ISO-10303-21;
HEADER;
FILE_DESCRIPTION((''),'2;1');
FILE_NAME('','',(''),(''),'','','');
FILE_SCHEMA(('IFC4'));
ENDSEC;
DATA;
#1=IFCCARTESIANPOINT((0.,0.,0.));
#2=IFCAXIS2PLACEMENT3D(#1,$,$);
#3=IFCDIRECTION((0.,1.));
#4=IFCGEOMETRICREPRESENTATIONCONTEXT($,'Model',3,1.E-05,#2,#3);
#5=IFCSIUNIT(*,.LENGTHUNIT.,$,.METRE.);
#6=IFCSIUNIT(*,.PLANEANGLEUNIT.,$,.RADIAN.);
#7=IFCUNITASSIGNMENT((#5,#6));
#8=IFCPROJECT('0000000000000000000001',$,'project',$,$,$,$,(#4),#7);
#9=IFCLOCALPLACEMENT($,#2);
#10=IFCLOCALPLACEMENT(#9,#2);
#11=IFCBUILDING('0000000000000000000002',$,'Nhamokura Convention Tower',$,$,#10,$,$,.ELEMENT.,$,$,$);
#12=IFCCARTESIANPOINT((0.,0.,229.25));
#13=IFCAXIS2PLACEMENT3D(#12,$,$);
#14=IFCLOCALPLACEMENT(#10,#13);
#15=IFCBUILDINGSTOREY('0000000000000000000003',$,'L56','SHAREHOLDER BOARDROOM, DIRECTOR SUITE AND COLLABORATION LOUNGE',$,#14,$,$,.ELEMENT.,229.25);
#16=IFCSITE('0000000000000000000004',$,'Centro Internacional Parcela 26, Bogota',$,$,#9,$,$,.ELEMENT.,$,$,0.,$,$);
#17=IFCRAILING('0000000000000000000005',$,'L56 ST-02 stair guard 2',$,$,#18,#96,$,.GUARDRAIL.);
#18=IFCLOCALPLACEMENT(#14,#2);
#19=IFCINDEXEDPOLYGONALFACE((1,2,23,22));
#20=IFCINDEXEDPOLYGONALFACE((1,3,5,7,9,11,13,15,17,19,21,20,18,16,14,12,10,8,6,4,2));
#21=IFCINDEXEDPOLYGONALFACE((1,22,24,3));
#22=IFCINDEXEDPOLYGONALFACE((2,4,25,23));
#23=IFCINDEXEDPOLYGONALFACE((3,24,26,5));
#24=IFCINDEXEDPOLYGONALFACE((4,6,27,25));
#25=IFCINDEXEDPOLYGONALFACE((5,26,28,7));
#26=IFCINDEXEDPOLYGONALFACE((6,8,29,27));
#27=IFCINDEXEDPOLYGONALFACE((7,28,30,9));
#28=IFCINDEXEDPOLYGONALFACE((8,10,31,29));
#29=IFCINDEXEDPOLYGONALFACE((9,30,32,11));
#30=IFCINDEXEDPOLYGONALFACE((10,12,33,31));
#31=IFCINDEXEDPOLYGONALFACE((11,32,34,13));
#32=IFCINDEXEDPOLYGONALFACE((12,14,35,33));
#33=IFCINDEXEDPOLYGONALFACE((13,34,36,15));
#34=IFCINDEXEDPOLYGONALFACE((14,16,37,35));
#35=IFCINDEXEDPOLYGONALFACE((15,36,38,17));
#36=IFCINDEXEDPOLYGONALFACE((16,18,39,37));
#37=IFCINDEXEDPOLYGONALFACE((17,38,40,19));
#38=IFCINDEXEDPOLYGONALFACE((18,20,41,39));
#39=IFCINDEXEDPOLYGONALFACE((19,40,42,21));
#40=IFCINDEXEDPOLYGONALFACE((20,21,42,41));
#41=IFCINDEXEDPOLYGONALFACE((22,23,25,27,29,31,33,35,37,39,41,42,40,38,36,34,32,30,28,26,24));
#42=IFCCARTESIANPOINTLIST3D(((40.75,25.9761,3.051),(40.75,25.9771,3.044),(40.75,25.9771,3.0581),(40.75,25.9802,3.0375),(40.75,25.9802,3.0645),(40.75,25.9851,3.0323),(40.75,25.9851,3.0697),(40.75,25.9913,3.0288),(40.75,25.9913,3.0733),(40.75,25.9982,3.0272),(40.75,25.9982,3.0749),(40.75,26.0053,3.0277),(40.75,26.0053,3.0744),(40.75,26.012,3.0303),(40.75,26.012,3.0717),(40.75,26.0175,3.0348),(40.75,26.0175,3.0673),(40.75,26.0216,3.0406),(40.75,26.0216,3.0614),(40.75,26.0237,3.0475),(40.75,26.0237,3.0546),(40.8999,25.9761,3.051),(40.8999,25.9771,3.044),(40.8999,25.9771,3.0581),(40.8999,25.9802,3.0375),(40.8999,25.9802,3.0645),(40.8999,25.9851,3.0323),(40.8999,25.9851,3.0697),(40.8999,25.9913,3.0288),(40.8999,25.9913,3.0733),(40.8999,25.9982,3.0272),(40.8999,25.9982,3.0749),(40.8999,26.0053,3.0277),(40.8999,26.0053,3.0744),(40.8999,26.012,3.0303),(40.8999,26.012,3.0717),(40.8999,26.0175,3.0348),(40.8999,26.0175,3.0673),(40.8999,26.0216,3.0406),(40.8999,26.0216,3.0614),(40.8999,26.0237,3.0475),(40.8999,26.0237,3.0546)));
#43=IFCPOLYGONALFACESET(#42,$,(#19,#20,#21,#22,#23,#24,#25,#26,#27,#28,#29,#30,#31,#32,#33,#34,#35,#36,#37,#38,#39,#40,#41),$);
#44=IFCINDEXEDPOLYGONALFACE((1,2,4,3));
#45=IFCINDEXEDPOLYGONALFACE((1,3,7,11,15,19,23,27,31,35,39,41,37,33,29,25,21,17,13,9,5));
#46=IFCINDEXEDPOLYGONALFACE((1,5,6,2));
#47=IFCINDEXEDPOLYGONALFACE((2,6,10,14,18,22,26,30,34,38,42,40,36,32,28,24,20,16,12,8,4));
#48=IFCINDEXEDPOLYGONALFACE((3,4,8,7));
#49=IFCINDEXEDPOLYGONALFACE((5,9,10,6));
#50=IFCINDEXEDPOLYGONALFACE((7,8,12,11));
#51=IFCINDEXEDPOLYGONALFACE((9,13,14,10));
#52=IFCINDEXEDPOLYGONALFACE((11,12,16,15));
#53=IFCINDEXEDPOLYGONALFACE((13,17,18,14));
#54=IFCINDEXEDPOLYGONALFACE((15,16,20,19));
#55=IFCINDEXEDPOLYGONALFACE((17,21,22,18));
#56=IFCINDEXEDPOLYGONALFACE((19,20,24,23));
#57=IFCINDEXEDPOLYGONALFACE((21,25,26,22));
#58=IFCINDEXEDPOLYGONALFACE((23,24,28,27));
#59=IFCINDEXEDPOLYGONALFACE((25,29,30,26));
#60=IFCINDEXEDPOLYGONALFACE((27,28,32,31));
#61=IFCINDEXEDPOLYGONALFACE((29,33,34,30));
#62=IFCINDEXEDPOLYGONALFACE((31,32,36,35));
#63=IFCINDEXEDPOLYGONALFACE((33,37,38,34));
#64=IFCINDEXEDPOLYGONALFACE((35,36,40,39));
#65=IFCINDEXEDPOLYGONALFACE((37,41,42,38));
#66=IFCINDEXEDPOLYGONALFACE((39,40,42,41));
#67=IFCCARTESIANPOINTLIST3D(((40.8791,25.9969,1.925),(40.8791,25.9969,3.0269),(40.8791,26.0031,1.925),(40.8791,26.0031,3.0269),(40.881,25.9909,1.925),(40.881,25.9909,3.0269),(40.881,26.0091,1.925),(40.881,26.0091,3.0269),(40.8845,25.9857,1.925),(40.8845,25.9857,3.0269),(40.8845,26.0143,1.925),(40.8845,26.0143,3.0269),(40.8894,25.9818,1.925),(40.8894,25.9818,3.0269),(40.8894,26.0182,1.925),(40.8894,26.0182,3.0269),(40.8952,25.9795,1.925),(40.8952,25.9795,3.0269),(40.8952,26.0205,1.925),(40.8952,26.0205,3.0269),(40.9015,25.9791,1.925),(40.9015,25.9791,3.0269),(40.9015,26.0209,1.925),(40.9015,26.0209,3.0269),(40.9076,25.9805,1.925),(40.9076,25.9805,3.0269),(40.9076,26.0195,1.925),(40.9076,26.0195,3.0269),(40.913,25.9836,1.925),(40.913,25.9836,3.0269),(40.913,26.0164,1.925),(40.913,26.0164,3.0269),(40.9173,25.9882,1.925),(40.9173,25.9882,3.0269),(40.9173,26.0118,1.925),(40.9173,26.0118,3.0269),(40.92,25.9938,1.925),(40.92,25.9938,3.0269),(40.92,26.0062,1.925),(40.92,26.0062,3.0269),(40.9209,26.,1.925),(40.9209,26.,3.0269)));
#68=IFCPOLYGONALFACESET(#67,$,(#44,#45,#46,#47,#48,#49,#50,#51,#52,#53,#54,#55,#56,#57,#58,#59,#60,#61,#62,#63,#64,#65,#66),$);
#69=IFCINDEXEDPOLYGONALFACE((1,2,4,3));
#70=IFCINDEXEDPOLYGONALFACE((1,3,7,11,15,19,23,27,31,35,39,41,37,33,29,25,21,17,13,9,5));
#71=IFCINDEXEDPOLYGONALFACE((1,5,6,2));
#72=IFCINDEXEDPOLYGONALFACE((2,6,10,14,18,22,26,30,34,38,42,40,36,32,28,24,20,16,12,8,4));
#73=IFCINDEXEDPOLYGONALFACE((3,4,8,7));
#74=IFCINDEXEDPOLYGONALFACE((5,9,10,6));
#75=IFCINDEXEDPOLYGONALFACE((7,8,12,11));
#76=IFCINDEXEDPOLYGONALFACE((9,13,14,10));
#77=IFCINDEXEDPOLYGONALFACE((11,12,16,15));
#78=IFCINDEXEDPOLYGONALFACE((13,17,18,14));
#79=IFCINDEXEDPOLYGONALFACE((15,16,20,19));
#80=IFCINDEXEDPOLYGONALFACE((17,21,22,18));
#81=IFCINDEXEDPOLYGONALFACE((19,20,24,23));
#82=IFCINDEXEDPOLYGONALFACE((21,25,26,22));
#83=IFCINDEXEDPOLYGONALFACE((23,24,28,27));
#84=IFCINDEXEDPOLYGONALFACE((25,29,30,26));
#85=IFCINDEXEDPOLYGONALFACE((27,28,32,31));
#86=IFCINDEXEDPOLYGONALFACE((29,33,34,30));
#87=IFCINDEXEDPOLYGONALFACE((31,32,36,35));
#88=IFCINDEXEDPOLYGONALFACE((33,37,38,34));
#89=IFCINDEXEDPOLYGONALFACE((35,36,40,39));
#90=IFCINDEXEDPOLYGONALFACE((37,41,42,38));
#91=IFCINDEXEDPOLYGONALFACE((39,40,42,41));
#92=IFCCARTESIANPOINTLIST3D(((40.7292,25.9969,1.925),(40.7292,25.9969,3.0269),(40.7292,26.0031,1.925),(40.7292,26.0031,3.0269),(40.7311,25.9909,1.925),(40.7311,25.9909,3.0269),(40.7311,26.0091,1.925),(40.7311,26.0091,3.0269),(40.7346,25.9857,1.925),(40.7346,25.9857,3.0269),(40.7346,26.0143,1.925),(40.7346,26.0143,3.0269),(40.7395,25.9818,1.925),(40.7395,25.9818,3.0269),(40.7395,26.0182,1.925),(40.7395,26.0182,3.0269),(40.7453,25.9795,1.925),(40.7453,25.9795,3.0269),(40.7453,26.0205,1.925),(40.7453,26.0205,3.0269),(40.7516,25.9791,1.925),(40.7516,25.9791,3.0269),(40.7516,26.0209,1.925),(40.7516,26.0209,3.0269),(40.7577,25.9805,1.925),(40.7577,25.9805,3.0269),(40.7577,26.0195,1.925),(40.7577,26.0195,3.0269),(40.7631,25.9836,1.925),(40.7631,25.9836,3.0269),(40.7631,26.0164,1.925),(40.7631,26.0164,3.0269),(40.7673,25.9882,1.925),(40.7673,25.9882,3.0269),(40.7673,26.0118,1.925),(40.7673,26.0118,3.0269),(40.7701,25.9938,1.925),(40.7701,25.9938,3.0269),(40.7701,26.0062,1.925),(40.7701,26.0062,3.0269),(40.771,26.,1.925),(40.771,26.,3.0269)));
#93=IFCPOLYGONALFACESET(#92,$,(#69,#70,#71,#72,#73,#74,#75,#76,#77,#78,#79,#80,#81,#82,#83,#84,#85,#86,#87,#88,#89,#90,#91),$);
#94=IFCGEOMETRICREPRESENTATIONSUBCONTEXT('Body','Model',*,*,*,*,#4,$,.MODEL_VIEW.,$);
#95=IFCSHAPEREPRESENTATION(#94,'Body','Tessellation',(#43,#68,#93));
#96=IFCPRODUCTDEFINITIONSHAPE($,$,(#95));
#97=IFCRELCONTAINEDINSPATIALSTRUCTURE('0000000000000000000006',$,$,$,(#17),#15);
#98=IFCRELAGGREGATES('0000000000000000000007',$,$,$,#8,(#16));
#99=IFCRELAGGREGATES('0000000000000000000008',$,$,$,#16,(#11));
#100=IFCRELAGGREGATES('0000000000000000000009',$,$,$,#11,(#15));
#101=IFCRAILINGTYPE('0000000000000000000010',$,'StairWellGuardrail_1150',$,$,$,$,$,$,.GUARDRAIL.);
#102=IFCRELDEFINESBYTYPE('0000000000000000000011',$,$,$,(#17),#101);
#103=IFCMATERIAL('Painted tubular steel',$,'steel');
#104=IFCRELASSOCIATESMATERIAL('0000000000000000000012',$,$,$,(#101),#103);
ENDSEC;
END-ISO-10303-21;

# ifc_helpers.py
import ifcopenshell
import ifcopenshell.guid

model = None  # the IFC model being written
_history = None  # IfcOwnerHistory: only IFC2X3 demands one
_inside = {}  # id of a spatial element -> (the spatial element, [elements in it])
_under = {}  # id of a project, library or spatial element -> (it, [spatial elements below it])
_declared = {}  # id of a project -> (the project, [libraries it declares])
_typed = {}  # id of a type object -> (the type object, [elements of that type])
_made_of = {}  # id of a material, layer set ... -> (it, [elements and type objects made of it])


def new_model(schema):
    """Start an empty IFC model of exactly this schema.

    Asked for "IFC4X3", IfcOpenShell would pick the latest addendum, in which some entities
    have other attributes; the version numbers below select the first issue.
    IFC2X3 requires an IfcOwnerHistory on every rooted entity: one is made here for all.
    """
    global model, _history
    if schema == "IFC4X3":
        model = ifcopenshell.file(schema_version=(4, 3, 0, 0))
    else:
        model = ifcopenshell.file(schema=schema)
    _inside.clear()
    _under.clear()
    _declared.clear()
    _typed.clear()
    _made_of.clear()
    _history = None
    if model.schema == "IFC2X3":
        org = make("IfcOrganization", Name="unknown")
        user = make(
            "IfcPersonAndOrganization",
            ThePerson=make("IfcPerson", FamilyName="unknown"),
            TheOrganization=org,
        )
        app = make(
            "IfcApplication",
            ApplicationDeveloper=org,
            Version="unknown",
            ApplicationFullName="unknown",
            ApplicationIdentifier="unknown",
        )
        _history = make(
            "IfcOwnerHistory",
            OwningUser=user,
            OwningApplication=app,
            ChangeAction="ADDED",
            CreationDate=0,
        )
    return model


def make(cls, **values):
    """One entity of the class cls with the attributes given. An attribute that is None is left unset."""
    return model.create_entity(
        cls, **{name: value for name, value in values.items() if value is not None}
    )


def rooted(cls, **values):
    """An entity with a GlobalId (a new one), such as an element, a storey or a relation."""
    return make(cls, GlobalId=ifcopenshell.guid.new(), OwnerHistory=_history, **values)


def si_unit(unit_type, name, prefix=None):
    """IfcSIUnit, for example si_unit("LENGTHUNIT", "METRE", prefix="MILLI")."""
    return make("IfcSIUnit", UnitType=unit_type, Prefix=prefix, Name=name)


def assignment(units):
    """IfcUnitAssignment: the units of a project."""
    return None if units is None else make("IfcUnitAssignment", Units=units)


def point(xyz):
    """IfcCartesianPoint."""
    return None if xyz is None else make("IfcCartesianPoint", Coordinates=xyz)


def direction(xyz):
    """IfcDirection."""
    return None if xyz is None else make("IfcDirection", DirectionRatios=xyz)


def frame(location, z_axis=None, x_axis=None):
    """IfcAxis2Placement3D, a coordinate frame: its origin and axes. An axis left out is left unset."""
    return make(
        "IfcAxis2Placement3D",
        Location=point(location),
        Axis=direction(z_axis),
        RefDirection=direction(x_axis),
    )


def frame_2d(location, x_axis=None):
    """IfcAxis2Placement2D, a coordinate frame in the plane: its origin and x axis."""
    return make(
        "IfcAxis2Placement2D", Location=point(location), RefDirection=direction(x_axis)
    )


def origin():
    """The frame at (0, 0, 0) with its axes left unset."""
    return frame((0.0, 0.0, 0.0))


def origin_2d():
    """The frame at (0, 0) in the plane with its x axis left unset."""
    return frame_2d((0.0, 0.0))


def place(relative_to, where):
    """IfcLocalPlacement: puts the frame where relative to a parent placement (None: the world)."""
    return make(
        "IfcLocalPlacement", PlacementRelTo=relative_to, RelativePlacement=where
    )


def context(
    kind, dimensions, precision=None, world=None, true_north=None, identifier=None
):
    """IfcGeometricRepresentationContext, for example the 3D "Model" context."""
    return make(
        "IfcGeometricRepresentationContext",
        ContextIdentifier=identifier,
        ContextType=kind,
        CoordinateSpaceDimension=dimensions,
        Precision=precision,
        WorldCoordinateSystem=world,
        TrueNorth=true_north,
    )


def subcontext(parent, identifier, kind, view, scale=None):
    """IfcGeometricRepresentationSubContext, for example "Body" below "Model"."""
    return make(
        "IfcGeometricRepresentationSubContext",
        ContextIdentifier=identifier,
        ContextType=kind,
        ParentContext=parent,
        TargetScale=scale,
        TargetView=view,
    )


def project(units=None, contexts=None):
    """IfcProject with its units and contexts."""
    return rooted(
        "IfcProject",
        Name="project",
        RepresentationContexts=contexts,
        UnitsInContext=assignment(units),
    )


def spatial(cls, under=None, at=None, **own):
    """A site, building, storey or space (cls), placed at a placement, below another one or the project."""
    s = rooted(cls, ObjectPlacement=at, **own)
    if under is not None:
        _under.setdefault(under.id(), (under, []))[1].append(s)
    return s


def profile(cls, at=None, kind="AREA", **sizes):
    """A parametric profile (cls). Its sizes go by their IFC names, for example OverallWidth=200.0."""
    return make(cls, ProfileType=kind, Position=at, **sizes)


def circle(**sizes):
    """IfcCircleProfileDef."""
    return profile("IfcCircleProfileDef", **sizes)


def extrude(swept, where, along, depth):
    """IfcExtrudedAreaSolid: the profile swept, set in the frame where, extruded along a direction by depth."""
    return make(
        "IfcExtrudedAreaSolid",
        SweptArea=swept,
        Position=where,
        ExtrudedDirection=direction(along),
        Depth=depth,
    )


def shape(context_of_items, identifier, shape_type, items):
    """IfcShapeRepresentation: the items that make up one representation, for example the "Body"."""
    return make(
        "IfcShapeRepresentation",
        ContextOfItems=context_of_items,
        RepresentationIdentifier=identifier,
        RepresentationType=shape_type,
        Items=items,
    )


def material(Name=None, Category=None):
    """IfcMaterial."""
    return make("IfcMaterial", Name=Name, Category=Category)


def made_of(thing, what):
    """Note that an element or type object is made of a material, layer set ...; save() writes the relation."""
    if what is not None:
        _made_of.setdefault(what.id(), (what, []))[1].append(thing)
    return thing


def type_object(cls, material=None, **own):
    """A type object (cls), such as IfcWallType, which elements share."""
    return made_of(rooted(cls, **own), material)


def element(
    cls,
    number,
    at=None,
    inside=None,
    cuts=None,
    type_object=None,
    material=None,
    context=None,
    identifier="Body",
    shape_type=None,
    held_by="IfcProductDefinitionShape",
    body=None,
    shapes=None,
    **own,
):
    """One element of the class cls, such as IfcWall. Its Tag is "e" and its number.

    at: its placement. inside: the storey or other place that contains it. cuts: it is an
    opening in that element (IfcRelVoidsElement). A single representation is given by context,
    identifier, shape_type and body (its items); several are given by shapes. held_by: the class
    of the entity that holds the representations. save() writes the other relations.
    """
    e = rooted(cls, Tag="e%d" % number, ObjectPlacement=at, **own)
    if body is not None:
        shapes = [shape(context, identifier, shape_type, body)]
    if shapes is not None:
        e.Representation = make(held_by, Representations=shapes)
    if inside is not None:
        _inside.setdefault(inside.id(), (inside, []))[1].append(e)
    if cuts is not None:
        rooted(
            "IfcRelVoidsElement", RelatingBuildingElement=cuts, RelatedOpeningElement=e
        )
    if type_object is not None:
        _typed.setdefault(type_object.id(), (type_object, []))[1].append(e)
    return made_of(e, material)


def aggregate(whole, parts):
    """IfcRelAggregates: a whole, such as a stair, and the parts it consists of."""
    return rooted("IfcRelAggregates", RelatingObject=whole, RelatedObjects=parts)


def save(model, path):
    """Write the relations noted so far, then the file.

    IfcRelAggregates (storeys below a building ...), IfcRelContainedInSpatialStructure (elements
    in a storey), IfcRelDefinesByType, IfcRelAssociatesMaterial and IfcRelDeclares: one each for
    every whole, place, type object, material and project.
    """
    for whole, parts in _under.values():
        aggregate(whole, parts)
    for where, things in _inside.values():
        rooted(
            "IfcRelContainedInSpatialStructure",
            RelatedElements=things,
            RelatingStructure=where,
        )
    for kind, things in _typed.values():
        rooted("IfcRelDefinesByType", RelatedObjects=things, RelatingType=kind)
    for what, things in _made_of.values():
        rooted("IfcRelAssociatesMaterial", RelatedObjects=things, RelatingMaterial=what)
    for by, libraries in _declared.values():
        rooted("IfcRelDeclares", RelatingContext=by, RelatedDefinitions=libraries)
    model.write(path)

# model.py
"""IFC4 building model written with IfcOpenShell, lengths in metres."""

from ifc_helpers import new_model, si_unit, direction, frame, origin, origin_2d, place, context, subcontext, project, spatial, circle, extrude, material, type_object, element, save


model = new_model("IFC4")

# Units and contexts
model_context = context("Model", 3, precision=1e-05, world=origin(), true_north=direction((0.0, 1.0)))
body_context = subcontext(model_context, "Body", "Model", "MODEL_VIEW")
ifc_project = project(units=[si_unit("LENGTHUNIT", "METRE"), si_unit("PLANEANGLEUNIT", "RADIAN")], contexts=[model_context])

# Site, building, storey
site_placement = place(None, origin())
site = spatial("IfcSite", under=ifc_project, at=site_placement, Name="Centro Internacional Parcela 26, Bogota", CompositionType="ELEMENT", RefElevation=0.0)
building_placement = place(site_placement, origin())
building = spatial("IfcBuilding", under=site, at=building_placement, Name="Nhamokura Convention Tower", CompositionType="ELEMENT")
storey_placement = place(building_placement, frame((0.0, 0.0, 229.25)))
storey = spatial("IfcBuildingStorey", under=building, at=storey_placement, Name="L56", Description="SHAREHOLDER BOARDROOM, DIRECTOR SUITE AND COLLABORATION LOUNGE", CompositionType="ELEMENT", Elevation=229.25)

# Railing
ifc_material_1 = material(Name="Painted tubular steel", Category="steel")
railing_type_1 = type_object("IfcRailingType", Name="StairWellGuardrail_1150", PredefinedType="GUARDRAIL", material=ifc_material_1)
railing_1_placement = place(storey_placement, frame((40.8999, 26.0, 1.925)))
element("IfcRailing", 1, at=railing_1_placement, inside=storey, type_object=railing_type_1, Name="L56 ST-02 stair guard 2", PredefinedType="GUARDRAIL", context=body_context, shape_type="SweptSolid", body=[
    extrude(circle(Radius=0.0239, at=origin_2d()), frame((0.0, 0.0, 1.126), z_axis=(-1.0, 0.0, 0.0), x_axis=(0.0, -1.0, 0.0)), (0.0, 0.0, 1.0), 0.1499),
    extrude(circle(Radius=0.021, at=origin_2d()), origin(), (0.0, 0.0, 1.0), 1.1018),
    extrude(circle(Radius=0.021, at=origin_2d()), frame((-0.1499, 0.0, 0.0)), (0.0, 0.0, 1.0), 1.1018),
])

save(model, "model.ifc")
